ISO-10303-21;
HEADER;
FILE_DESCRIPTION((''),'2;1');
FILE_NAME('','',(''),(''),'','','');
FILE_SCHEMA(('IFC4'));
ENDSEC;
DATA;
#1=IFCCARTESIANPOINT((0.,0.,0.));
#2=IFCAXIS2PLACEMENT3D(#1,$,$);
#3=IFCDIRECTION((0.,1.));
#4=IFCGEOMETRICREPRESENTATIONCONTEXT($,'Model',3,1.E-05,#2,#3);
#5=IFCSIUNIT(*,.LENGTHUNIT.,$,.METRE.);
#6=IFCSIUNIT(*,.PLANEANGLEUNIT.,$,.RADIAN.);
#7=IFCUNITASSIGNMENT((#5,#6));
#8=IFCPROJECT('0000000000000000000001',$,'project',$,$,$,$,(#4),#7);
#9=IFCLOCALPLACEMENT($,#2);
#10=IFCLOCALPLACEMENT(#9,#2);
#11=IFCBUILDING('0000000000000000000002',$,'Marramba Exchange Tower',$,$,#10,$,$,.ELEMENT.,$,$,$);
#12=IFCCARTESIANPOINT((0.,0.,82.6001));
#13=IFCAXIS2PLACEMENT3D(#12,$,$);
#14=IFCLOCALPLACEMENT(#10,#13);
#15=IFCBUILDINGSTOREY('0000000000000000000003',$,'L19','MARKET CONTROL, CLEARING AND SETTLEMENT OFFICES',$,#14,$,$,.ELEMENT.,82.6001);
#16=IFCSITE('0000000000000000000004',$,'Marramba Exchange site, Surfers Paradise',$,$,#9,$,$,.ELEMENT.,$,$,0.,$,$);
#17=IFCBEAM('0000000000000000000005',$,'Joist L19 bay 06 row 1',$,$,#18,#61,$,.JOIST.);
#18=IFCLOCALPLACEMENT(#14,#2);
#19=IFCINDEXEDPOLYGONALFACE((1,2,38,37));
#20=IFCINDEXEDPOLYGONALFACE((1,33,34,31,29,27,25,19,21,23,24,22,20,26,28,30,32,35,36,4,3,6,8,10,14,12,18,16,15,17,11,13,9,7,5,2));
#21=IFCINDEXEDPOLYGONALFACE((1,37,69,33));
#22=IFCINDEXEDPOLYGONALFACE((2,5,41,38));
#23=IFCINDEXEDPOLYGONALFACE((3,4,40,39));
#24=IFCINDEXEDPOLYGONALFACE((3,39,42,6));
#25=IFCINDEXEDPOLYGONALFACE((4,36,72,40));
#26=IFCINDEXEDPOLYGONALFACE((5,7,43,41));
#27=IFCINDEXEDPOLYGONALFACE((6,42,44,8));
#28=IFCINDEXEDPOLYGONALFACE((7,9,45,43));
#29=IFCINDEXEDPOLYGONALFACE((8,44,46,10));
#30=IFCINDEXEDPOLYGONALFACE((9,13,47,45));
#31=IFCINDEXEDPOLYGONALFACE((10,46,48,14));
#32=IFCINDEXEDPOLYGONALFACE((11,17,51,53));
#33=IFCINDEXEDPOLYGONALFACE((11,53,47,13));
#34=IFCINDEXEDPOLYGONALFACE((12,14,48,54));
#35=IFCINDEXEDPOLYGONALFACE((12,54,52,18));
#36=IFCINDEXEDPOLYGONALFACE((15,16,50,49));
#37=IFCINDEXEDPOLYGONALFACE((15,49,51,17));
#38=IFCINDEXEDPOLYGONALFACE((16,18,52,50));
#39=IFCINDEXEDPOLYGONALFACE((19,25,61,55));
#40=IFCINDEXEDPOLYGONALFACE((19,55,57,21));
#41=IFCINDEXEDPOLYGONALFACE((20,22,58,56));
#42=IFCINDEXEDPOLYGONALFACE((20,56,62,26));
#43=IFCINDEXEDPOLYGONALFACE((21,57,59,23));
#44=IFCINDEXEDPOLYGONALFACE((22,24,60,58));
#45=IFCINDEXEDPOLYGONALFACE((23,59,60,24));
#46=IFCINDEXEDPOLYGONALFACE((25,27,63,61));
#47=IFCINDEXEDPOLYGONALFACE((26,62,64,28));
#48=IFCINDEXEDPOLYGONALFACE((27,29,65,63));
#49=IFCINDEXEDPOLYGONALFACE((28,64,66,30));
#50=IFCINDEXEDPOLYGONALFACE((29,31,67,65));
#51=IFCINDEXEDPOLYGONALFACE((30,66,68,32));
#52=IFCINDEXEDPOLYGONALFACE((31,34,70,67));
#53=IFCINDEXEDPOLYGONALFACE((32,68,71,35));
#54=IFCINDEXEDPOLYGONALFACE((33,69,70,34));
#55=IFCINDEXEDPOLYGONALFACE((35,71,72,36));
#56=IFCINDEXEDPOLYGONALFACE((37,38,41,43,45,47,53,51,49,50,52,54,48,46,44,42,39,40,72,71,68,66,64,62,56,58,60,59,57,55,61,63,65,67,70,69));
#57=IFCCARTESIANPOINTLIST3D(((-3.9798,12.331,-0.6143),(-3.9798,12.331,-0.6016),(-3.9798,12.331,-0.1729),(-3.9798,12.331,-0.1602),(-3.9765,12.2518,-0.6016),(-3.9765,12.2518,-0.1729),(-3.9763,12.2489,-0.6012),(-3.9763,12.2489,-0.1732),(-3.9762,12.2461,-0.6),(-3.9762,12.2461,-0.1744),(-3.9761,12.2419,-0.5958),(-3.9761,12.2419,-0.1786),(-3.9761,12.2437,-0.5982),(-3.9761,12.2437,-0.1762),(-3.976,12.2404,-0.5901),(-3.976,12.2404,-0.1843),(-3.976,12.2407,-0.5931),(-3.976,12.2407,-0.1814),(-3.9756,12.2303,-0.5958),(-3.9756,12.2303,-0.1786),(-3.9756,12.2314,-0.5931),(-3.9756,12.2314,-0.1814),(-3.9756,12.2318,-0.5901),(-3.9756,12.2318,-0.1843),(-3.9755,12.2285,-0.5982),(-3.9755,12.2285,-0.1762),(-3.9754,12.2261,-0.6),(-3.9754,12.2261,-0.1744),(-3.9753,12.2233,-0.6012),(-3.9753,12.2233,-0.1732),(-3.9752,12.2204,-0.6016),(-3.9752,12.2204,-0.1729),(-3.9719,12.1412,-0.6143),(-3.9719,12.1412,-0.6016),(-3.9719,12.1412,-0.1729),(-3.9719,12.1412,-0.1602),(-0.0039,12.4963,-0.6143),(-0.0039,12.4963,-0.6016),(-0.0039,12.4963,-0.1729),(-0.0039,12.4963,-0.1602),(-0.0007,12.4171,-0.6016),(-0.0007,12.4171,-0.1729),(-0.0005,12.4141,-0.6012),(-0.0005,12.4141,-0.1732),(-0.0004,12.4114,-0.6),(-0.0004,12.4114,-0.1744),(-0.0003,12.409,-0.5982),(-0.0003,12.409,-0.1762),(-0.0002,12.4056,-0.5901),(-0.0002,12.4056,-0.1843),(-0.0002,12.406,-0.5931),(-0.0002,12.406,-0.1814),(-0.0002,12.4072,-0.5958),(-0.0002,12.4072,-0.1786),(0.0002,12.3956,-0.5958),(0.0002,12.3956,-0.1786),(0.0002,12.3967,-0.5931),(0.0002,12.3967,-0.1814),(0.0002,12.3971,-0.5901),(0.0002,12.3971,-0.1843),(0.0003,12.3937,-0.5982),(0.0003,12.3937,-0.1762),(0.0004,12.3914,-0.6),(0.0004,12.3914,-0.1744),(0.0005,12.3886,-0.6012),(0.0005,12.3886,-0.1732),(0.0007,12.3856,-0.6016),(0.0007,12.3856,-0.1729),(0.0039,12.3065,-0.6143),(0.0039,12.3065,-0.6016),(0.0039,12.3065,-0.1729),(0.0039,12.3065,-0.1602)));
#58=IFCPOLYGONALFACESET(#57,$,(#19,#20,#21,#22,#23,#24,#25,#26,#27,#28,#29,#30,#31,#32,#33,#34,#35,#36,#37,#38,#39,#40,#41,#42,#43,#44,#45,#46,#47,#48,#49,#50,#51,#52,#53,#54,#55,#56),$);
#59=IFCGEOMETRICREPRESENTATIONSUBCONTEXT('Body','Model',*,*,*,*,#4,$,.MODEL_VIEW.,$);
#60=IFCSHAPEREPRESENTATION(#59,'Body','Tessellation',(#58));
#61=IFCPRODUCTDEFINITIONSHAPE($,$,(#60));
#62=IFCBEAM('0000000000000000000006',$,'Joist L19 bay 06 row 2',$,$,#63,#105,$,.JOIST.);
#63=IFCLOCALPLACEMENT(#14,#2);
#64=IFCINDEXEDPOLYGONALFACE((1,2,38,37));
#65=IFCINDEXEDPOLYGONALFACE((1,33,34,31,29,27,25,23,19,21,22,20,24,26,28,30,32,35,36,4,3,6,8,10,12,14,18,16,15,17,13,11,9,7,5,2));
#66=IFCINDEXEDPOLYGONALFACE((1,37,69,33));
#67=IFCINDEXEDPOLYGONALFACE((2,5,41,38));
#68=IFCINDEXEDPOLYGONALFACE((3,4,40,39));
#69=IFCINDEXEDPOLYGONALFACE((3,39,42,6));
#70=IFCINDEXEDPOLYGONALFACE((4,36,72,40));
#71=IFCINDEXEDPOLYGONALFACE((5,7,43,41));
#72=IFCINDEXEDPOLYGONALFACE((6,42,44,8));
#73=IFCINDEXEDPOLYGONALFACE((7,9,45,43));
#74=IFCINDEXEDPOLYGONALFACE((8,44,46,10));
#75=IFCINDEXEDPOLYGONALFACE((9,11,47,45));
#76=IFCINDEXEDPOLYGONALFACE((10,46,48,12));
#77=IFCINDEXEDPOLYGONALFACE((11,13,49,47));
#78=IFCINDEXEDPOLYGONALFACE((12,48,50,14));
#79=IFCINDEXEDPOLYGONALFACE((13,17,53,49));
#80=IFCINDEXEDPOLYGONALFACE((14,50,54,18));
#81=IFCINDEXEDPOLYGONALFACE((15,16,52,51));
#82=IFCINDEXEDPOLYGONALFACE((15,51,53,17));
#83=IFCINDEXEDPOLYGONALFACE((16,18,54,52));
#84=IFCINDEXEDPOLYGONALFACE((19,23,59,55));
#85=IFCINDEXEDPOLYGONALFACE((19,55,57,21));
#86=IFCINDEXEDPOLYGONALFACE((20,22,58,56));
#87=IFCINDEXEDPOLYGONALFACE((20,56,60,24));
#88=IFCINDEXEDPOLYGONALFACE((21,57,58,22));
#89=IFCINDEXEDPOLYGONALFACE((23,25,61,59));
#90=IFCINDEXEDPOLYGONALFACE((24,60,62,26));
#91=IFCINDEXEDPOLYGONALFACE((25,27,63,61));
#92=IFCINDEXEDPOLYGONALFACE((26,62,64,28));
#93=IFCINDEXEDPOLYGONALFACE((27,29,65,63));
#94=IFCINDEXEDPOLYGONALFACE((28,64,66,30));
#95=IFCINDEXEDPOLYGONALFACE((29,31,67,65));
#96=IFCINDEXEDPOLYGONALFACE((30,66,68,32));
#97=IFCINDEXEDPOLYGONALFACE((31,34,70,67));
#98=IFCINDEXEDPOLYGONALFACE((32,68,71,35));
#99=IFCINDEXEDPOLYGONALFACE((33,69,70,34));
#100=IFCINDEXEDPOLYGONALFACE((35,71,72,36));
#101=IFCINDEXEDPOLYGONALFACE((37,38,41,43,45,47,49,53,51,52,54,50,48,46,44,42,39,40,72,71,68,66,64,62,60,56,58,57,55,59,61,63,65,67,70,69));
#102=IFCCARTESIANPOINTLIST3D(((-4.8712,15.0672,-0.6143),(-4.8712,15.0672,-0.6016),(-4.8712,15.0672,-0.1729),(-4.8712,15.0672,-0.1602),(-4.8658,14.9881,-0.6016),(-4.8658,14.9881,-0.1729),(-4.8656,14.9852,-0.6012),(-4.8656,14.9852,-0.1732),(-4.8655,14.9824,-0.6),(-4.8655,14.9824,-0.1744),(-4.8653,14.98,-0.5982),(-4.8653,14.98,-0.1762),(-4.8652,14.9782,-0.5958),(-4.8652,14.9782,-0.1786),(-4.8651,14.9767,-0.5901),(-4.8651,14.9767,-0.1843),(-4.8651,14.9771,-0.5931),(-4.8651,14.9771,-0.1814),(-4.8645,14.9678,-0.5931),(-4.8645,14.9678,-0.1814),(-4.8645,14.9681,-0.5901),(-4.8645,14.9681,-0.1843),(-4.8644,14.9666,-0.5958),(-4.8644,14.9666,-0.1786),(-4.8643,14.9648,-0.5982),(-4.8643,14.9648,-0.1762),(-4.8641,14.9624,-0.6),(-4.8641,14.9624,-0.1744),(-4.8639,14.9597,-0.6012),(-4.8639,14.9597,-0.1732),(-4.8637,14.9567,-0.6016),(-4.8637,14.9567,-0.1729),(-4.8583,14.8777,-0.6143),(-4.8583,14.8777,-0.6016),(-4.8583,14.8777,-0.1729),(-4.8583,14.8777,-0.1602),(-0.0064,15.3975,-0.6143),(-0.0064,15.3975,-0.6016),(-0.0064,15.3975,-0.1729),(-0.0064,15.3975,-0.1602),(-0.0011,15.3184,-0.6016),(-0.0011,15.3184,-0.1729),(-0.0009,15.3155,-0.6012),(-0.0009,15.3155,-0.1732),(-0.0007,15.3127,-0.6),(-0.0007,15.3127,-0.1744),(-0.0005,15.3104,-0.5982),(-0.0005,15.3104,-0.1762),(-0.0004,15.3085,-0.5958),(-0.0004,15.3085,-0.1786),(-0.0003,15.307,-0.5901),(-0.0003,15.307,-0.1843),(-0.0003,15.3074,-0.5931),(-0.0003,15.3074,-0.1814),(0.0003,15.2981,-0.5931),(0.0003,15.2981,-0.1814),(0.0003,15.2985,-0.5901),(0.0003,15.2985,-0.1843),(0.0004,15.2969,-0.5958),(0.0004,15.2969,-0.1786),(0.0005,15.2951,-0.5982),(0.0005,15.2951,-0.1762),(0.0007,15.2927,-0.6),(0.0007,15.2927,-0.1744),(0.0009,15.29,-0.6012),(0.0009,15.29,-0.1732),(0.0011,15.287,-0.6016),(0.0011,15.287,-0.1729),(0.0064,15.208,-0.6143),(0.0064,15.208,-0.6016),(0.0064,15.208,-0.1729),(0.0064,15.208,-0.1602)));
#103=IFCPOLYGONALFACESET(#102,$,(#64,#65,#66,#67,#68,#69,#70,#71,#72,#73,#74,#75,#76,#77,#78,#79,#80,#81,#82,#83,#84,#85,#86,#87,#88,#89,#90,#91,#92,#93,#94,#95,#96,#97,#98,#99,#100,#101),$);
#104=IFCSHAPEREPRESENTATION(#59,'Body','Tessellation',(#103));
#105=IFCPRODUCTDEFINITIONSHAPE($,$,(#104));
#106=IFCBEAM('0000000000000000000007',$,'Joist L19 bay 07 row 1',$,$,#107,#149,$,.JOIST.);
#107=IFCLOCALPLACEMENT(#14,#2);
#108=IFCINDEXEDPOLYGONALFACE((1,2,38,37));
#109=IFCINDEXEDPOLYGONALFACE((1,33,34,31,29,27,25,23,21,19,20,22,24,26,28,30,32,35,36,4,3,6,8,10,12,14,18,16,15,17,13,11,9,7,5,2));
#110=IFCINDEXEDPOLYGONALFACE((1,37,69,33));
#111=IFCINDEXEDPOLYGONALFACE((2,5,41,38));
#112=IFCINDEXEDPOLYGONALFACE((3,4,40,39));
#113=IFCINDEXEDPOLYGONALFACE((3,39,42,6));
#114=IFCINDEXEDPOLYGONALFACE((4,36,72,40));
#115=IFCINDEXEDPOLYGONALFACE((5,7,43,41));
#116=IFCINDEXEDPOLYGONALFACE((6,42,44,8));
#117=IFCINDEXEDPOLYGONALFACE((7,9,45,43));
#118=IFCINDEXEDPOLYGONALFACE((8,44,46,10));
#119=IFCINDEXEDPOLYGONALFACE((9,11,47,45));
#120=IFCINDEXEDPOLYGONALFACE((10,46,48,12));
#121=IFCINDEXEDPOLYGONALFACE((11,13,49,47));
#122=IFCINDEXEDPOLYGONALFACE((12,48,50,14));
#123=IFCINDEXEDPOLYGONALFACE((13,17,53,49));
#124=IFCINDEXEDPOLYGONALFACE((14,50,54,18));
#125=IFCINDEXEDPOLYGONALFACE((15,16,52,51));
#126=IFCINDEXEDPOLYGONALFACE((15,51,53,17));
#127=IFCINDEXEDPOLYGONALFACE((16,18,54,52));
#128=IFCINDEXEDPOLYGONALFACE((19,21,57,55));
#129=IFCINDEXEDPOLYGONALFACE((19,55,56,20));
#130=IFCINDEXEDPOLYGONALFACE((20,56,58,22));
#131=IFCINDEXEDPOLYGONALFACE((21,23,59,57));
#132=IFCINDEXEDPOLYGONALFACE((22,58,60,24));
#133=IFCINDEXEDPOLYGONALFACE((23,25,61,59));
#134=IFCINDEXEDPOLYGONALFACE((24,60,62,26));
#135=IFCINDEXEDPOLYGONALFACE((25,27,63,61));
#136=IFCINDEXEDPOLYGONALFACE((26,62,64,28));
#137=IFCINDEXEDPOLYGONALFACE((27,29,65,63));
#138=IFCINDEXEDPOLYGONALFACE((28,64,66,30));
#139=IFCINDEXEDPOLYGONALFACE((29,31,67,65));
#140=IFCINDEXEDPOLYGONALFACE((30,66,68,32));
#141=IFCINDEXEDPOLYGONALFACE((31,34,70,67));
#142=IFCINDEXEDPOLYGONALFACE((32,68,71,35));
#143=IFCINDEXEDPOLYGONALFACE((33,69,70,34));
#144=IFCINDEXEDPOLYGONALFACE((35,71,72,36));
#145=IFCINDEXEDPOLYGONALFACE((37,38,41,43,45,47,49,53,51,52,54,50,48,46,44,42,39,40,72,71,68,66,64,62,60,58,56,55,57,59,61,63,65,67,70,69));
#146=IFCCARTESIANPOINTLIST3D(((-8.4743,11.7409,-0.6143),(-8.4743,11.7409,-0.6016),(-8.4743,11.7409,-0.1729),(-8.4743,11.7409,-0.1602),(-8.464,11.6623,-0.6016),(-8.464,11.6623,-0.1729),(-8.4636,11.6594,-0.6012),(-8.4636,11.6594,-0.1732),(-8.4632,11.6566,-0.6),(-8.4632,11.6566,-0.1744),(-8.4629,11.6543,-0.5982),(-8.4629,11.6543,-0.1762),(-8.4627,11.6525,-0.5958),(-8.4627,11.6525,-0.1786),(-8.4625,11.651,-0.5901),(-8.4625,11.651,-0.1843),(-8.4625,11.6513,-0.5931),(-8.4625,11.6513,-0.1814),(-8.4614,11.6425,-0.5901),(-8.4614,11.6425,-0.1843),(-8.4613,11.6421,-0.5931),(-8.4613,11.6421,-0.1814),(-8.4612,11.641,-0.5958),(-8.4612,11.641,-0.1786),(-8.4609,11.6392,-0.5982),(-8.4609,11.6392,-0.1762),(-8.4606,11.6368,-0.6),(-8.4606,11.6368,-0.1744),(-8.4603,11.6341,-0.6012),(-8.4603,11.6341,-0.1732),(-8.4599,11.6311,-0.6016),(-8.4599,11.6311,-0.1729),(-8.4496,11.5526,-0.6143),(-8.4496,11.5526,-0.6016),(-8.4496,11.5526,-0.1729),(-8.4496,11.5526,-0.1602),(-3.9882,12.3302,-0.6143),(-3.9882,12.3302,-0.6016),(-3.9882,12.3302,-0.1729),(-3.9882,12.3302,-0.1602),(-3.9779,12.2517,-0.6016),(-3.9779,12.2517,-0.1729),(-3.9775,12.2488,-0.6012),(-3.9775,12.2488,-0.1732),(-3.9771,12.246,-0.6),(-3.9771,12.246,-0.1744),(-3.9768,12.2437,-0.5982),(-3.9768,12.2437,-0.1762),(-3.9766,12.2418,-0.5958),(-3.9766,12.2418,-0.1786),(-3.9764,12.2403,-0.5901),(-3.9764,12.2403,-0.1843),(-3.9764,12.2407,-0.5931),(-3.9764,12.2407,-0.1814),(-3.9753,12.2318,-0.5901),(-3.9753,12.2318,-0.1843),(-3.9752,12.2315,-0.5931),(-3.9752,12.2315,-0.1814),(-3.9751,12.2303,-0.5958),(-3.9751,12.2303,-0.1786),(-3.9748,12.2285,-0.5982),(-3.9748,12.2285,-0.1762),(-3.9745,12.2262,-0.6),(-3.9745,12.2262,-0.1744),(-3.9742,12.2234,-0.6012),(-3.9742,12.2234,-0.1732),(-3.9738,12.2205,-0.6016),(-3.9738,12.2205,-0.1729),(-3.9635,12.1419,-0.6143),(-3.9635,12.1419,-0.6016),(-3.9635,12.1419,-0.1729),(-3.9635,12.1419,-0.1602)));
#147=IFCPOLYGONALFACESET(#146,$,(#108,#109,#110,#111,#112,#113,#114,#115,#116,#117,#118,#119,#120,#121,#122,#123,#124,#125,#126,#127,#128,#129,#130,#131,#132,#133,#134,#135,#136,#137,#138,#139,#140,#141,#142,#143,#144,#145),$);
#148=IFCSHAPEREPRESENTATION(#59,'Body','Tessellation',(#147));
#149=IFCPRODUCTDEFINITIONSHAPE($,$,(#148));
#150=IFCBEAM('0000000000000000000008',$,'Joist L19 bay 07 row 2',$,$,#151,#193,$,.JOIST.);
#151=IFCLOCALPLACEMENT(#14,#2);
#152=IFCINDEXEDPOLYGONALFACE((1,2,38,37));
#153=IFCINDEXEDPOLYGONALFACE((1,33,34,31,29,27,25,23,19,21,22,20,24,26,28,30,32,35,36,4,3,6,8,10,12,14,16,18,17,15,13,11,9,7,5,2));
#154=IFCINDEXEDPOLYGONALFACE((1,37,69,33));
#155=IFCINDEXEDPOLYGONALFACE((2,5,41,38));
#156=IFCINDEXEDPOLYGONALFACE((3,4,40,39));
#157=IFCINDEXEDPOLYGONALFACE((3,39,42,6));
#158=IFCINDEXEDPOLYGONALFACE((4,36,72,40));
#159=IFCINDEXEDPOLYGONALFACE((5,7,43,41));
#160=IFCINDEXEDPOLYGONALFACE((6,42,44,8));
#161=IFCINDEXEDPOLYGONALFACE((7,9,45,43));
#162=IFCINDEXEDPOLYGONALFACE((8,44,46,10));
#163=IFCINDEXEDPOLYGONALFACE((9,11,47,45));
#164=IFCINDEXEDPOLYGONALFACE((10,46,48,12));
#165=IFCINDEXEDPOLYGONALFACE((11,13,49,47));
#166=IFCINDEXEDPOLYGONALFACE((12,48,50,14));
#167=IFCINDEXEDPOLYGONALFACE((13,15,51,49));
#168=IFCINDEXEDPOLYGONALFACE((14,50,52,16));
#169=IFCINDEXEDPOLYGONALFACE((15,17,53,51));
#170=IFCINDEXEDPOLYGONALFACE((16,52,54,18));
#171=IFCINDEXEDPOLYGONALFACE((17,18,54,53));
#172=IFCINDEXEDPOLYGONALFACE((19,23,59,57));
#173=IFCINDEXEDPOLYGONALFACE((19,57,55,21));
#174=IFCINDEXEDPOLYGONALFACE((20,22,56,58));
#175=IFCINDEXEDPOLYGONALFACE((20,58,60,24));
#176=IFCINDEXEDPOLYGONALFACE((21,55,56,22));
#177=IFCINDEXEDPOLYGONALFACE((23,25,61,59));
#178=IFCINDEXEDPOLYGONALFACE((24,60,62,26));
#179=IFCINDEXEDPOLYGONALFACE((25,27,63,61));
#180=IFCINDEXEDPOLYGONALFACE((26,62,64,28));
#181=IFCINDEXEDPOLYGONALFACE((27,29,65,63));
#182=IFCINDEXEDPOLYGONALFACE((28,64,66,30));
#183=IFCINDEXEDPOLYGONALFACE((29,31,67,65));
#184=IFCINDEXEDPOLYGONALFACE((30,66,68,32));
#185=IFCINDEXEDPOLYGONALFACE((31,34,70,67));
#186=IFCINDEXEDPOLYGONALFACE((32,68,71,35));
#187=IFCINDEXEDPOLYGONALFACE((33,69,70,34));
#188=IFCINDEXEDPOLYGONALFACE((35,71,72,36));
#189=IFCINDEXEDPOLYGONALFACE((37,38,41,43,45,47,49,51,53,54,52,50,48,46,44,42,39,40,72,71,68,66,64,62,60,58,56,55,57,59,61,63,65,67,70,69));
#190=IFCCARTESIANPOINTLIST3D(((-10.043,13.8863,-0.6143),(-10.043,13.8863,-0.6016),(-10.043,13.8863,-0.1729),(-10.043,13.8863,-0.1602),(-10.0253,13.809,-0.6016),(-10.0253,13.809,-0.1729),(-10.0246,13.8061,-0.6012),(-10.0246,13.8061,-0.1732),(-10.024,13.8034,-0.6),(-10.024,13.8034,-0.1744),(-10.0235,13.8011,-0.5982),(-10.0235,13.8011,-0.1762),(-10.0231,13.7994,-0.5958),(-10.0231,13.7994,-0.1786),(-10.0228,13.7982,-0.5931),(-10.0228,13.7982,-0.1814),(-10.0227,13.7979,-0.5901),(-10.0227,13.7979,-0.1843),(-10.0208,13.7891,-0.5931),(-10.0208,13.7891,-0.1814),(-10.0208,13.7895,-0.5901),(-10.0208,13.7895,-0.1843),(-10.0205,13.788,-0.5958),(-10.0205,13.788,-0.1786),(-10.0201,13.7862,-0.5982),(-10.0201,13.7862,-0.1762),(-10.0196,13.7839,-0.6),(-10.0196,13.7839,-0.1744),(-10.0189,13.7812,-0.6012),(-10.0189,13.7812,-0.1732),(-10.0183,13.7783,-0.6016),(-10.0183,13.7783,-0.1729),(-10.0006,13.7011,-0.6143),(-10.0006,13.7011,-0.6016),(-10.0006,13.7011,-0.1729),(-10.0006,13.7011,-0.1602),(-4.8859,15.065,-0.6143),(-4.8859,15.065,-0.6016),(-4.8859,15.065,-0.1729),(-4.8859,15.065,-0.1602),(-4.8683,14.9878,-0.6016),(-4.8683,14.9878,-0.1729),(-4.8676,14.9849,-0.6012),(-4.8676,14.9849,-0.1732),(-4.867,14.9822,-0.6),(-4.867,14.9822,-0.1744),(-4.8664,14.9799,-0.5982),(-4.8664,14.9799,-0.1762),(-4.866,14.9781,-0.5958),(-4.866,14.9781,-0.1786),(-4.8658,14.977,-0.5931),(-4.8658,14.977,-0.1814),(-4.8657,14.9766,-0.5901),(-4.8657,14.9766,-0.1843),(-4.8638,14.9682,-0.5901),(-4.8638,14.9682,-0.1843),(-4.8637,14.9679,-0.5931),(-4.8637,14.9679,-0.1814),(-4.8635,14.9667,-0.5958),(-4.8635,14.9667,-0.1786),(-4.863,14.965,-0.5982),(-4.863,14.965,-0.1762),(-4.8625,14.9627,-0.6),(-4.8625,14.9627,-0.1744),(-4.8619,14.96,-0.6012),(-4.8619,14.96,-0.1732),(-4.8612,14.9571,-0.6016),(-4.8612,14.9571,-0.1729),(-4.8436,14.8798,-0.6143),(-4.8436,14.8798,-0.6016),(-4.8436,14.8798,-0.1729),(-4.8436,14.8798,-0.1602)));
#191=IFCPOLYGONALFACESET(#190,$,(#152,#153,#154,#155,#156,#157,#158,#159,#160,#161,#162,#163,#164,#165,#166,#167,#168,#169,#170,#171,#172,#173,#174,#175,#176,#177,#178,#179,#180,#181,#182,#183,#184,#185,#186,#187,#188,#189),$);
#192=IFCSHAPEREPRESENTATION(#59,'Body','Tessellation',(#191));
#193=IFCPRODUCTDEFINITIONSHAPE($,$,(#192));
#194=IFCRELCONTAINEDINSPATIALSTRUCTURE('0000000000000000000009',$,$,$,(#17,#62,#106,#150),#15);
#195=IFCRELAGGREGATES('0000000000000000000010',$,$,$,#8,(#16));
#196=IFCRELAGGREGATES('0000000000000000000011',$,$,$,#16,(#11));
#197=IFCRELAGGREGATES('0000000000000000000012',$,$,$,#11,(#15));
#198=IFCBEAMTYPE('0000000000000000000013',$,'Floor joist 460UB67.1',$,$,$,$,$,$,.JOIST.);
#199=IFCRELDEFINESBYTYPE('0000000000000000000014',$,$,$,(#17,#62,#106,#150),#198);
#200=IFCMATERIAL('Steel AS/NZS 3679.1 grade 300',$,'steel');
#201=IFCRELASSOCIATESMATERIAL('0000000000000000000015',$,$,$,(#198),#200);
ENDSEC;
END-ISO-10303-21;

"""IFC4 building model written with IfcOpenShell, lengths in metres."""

from ifc_helpers import new_model, si_unit, direction, frame, origin, origin_2d, place, context, subcontext, project, spatial, i_section, extrude, material, material_profile, profile_set, type_object, element, save


model = new_model("IFC4")

# Units and contexts
model_context = context("Model", 3, precision=1e-05, world=origin(), true_north=direction((0.0, 1.0)))
body_context = subcontext(model_context, "Body", "Model", "MODEL_VIEW")
ifc_project = project(units=[si_unit("LENGTHUNIT", "METRE"), si_unit("PLANEANGLEUNIT", "RADIAN")], contexts=[model_context])

# Site, building, storey
site_placement = place(None, origin())
site = spatial("IfcSite", under=ifc_project, at=site_placement, Name="Marramba Exchange site, Surfers Paradise", CompositionType="ELEMENT", RefElevation=0.0)
building_placement = place(site_placement, origin())
building = spatial("IfcBuilding", under=site, at=building_placement, Name="Marramba Exchange Tower", CompositionType="ELEMENT")
storey_placement = place(building_placement, frame((0.0, 0.0, 82.6001)))
storey = spatial("IfcBuildingStorey", under=building, at=storey_placement, Name="L19", Description="MARKET CONTROL, CLEARING AND SETTLEMENT OFFICES", CompositionType="ELEMENT", Elevation=82.6001)

# Beams
ifc_material_1 = material(Name="Steel AS/NZS 3679.1 grade 300", Category="steel")
ifc_material_profile_1 = material_profile(ifc_material_1, i_section(OverallWidth=0.1899, OverallDepth=0.4541, WebThickness=0.0085, FlangeThickness=0.0127, FilletRadius=0.0115, at=origin_2d()), Name="460UB67.1")
ifc_profile_set_1 = profile_set([ifc_material_profile_1], Name="Steel AS/NZS 3679.1 grade 300")
beam_type_1 = type_object("IfcBeamType", Name="Floor joist 460UB67.1", PredefinedType="JOIST", material=ifc_profile_set_1)
beam_1_placement = place(storey_placement, frame((0.0, 12.4014, -0.3872), z_axis=(-0.999137, -0.041536, 0.0), x_axis=(0.041536, -0.999137, 0.0)))
element("IfcBeam", 1, at=beam_1_placement, inside=storey, type_object=beam_type_1, Name="Joist L19 bay 06 row 1", PredefinedType="JOIST", context=body_context, shape_type="SweptSolid", body=[
    extrude(i_section(OverallWidth=0.1899, OverallDepth=0.4541, WebThickness=0.0085, FlangeThickness=0.0127, FilletRadius=0.0115, at=origin_2d()), origin(), (0.0, 0.0, 1.0), 3.9792),
])
beam_2_placement = place(storey_placement, frame((0.0, 15.3027, -0.3872), z_axis=(-0.997703, -0.067745, 0.0), x_axis=(0.067745, -0.997703, 0.0)))
element("IfcBeam", 2, at=beam_2_placement, inside=storey, type_object=beam_type_1, Name="Joist L19 bay 06 row 2", PredefinedType="JOIST", context=body_context, shape_type="SweptSolid", body=[
    extrude(i_section(OverallWidth=0.1899, OverallDepth=0.4541, WebThickness=0.0085, FlangeThickness=0.0127, FilletRadius=0.0115, at=origin_2d()), origin(), (0.0, 0.0, 1.0), 4.876),
])
beam_3_placement = place(storey_placement, frame((-3.9758, 12.2361, -0.3872), z_axis=(-0.991481, -0.130255, 0.0), x_axis=(0.130255, -0.991481, 0.0)))
element("IfcBeam", 3, at=beam_3_placement, inside=storey, type_object=beam_type_1, Name="Joist L19 bay 07 row 1", PredefinedType="JOIST", context=body_context, shape_type="SweptSolid", body=[
    extrude(i_section(OverallWidth=0.1899, OverallDepth=0.4541, WebThickness=0.0085, FlangeThickness=0.0127, FilletRadius=0.0115, at=origin_2d()), origin(), (0.0, 0.0, 1.0), 4.5247),
])
beam_4_placement = place(storey_placement, frame((-4.8647, 14.9724, -0.3872), z_axis=(-0.97486, -0.22282, 0.0), x_axis=(0.22282, -0.97486, 0.0)))
element("IfcBeam", 4, at=beam_4_placement, inside=storey, type_object=beam_type_1, Name="Joist L19 bay 07 row 2", PredefinedType="JOIST", context=body_context, shape_type="SweptSolid", body=[
    extrude(i_section(OverallWidth=0.1899, OverallDepth=0.4541, WebThickness=0.0085, FlangeThickness=0.0127, FilletRadius=0.0115, at=origin_2d()), origin(), (0.0, 0.0, 1.0), 5.29),
])

save(model, "model.ifc")
